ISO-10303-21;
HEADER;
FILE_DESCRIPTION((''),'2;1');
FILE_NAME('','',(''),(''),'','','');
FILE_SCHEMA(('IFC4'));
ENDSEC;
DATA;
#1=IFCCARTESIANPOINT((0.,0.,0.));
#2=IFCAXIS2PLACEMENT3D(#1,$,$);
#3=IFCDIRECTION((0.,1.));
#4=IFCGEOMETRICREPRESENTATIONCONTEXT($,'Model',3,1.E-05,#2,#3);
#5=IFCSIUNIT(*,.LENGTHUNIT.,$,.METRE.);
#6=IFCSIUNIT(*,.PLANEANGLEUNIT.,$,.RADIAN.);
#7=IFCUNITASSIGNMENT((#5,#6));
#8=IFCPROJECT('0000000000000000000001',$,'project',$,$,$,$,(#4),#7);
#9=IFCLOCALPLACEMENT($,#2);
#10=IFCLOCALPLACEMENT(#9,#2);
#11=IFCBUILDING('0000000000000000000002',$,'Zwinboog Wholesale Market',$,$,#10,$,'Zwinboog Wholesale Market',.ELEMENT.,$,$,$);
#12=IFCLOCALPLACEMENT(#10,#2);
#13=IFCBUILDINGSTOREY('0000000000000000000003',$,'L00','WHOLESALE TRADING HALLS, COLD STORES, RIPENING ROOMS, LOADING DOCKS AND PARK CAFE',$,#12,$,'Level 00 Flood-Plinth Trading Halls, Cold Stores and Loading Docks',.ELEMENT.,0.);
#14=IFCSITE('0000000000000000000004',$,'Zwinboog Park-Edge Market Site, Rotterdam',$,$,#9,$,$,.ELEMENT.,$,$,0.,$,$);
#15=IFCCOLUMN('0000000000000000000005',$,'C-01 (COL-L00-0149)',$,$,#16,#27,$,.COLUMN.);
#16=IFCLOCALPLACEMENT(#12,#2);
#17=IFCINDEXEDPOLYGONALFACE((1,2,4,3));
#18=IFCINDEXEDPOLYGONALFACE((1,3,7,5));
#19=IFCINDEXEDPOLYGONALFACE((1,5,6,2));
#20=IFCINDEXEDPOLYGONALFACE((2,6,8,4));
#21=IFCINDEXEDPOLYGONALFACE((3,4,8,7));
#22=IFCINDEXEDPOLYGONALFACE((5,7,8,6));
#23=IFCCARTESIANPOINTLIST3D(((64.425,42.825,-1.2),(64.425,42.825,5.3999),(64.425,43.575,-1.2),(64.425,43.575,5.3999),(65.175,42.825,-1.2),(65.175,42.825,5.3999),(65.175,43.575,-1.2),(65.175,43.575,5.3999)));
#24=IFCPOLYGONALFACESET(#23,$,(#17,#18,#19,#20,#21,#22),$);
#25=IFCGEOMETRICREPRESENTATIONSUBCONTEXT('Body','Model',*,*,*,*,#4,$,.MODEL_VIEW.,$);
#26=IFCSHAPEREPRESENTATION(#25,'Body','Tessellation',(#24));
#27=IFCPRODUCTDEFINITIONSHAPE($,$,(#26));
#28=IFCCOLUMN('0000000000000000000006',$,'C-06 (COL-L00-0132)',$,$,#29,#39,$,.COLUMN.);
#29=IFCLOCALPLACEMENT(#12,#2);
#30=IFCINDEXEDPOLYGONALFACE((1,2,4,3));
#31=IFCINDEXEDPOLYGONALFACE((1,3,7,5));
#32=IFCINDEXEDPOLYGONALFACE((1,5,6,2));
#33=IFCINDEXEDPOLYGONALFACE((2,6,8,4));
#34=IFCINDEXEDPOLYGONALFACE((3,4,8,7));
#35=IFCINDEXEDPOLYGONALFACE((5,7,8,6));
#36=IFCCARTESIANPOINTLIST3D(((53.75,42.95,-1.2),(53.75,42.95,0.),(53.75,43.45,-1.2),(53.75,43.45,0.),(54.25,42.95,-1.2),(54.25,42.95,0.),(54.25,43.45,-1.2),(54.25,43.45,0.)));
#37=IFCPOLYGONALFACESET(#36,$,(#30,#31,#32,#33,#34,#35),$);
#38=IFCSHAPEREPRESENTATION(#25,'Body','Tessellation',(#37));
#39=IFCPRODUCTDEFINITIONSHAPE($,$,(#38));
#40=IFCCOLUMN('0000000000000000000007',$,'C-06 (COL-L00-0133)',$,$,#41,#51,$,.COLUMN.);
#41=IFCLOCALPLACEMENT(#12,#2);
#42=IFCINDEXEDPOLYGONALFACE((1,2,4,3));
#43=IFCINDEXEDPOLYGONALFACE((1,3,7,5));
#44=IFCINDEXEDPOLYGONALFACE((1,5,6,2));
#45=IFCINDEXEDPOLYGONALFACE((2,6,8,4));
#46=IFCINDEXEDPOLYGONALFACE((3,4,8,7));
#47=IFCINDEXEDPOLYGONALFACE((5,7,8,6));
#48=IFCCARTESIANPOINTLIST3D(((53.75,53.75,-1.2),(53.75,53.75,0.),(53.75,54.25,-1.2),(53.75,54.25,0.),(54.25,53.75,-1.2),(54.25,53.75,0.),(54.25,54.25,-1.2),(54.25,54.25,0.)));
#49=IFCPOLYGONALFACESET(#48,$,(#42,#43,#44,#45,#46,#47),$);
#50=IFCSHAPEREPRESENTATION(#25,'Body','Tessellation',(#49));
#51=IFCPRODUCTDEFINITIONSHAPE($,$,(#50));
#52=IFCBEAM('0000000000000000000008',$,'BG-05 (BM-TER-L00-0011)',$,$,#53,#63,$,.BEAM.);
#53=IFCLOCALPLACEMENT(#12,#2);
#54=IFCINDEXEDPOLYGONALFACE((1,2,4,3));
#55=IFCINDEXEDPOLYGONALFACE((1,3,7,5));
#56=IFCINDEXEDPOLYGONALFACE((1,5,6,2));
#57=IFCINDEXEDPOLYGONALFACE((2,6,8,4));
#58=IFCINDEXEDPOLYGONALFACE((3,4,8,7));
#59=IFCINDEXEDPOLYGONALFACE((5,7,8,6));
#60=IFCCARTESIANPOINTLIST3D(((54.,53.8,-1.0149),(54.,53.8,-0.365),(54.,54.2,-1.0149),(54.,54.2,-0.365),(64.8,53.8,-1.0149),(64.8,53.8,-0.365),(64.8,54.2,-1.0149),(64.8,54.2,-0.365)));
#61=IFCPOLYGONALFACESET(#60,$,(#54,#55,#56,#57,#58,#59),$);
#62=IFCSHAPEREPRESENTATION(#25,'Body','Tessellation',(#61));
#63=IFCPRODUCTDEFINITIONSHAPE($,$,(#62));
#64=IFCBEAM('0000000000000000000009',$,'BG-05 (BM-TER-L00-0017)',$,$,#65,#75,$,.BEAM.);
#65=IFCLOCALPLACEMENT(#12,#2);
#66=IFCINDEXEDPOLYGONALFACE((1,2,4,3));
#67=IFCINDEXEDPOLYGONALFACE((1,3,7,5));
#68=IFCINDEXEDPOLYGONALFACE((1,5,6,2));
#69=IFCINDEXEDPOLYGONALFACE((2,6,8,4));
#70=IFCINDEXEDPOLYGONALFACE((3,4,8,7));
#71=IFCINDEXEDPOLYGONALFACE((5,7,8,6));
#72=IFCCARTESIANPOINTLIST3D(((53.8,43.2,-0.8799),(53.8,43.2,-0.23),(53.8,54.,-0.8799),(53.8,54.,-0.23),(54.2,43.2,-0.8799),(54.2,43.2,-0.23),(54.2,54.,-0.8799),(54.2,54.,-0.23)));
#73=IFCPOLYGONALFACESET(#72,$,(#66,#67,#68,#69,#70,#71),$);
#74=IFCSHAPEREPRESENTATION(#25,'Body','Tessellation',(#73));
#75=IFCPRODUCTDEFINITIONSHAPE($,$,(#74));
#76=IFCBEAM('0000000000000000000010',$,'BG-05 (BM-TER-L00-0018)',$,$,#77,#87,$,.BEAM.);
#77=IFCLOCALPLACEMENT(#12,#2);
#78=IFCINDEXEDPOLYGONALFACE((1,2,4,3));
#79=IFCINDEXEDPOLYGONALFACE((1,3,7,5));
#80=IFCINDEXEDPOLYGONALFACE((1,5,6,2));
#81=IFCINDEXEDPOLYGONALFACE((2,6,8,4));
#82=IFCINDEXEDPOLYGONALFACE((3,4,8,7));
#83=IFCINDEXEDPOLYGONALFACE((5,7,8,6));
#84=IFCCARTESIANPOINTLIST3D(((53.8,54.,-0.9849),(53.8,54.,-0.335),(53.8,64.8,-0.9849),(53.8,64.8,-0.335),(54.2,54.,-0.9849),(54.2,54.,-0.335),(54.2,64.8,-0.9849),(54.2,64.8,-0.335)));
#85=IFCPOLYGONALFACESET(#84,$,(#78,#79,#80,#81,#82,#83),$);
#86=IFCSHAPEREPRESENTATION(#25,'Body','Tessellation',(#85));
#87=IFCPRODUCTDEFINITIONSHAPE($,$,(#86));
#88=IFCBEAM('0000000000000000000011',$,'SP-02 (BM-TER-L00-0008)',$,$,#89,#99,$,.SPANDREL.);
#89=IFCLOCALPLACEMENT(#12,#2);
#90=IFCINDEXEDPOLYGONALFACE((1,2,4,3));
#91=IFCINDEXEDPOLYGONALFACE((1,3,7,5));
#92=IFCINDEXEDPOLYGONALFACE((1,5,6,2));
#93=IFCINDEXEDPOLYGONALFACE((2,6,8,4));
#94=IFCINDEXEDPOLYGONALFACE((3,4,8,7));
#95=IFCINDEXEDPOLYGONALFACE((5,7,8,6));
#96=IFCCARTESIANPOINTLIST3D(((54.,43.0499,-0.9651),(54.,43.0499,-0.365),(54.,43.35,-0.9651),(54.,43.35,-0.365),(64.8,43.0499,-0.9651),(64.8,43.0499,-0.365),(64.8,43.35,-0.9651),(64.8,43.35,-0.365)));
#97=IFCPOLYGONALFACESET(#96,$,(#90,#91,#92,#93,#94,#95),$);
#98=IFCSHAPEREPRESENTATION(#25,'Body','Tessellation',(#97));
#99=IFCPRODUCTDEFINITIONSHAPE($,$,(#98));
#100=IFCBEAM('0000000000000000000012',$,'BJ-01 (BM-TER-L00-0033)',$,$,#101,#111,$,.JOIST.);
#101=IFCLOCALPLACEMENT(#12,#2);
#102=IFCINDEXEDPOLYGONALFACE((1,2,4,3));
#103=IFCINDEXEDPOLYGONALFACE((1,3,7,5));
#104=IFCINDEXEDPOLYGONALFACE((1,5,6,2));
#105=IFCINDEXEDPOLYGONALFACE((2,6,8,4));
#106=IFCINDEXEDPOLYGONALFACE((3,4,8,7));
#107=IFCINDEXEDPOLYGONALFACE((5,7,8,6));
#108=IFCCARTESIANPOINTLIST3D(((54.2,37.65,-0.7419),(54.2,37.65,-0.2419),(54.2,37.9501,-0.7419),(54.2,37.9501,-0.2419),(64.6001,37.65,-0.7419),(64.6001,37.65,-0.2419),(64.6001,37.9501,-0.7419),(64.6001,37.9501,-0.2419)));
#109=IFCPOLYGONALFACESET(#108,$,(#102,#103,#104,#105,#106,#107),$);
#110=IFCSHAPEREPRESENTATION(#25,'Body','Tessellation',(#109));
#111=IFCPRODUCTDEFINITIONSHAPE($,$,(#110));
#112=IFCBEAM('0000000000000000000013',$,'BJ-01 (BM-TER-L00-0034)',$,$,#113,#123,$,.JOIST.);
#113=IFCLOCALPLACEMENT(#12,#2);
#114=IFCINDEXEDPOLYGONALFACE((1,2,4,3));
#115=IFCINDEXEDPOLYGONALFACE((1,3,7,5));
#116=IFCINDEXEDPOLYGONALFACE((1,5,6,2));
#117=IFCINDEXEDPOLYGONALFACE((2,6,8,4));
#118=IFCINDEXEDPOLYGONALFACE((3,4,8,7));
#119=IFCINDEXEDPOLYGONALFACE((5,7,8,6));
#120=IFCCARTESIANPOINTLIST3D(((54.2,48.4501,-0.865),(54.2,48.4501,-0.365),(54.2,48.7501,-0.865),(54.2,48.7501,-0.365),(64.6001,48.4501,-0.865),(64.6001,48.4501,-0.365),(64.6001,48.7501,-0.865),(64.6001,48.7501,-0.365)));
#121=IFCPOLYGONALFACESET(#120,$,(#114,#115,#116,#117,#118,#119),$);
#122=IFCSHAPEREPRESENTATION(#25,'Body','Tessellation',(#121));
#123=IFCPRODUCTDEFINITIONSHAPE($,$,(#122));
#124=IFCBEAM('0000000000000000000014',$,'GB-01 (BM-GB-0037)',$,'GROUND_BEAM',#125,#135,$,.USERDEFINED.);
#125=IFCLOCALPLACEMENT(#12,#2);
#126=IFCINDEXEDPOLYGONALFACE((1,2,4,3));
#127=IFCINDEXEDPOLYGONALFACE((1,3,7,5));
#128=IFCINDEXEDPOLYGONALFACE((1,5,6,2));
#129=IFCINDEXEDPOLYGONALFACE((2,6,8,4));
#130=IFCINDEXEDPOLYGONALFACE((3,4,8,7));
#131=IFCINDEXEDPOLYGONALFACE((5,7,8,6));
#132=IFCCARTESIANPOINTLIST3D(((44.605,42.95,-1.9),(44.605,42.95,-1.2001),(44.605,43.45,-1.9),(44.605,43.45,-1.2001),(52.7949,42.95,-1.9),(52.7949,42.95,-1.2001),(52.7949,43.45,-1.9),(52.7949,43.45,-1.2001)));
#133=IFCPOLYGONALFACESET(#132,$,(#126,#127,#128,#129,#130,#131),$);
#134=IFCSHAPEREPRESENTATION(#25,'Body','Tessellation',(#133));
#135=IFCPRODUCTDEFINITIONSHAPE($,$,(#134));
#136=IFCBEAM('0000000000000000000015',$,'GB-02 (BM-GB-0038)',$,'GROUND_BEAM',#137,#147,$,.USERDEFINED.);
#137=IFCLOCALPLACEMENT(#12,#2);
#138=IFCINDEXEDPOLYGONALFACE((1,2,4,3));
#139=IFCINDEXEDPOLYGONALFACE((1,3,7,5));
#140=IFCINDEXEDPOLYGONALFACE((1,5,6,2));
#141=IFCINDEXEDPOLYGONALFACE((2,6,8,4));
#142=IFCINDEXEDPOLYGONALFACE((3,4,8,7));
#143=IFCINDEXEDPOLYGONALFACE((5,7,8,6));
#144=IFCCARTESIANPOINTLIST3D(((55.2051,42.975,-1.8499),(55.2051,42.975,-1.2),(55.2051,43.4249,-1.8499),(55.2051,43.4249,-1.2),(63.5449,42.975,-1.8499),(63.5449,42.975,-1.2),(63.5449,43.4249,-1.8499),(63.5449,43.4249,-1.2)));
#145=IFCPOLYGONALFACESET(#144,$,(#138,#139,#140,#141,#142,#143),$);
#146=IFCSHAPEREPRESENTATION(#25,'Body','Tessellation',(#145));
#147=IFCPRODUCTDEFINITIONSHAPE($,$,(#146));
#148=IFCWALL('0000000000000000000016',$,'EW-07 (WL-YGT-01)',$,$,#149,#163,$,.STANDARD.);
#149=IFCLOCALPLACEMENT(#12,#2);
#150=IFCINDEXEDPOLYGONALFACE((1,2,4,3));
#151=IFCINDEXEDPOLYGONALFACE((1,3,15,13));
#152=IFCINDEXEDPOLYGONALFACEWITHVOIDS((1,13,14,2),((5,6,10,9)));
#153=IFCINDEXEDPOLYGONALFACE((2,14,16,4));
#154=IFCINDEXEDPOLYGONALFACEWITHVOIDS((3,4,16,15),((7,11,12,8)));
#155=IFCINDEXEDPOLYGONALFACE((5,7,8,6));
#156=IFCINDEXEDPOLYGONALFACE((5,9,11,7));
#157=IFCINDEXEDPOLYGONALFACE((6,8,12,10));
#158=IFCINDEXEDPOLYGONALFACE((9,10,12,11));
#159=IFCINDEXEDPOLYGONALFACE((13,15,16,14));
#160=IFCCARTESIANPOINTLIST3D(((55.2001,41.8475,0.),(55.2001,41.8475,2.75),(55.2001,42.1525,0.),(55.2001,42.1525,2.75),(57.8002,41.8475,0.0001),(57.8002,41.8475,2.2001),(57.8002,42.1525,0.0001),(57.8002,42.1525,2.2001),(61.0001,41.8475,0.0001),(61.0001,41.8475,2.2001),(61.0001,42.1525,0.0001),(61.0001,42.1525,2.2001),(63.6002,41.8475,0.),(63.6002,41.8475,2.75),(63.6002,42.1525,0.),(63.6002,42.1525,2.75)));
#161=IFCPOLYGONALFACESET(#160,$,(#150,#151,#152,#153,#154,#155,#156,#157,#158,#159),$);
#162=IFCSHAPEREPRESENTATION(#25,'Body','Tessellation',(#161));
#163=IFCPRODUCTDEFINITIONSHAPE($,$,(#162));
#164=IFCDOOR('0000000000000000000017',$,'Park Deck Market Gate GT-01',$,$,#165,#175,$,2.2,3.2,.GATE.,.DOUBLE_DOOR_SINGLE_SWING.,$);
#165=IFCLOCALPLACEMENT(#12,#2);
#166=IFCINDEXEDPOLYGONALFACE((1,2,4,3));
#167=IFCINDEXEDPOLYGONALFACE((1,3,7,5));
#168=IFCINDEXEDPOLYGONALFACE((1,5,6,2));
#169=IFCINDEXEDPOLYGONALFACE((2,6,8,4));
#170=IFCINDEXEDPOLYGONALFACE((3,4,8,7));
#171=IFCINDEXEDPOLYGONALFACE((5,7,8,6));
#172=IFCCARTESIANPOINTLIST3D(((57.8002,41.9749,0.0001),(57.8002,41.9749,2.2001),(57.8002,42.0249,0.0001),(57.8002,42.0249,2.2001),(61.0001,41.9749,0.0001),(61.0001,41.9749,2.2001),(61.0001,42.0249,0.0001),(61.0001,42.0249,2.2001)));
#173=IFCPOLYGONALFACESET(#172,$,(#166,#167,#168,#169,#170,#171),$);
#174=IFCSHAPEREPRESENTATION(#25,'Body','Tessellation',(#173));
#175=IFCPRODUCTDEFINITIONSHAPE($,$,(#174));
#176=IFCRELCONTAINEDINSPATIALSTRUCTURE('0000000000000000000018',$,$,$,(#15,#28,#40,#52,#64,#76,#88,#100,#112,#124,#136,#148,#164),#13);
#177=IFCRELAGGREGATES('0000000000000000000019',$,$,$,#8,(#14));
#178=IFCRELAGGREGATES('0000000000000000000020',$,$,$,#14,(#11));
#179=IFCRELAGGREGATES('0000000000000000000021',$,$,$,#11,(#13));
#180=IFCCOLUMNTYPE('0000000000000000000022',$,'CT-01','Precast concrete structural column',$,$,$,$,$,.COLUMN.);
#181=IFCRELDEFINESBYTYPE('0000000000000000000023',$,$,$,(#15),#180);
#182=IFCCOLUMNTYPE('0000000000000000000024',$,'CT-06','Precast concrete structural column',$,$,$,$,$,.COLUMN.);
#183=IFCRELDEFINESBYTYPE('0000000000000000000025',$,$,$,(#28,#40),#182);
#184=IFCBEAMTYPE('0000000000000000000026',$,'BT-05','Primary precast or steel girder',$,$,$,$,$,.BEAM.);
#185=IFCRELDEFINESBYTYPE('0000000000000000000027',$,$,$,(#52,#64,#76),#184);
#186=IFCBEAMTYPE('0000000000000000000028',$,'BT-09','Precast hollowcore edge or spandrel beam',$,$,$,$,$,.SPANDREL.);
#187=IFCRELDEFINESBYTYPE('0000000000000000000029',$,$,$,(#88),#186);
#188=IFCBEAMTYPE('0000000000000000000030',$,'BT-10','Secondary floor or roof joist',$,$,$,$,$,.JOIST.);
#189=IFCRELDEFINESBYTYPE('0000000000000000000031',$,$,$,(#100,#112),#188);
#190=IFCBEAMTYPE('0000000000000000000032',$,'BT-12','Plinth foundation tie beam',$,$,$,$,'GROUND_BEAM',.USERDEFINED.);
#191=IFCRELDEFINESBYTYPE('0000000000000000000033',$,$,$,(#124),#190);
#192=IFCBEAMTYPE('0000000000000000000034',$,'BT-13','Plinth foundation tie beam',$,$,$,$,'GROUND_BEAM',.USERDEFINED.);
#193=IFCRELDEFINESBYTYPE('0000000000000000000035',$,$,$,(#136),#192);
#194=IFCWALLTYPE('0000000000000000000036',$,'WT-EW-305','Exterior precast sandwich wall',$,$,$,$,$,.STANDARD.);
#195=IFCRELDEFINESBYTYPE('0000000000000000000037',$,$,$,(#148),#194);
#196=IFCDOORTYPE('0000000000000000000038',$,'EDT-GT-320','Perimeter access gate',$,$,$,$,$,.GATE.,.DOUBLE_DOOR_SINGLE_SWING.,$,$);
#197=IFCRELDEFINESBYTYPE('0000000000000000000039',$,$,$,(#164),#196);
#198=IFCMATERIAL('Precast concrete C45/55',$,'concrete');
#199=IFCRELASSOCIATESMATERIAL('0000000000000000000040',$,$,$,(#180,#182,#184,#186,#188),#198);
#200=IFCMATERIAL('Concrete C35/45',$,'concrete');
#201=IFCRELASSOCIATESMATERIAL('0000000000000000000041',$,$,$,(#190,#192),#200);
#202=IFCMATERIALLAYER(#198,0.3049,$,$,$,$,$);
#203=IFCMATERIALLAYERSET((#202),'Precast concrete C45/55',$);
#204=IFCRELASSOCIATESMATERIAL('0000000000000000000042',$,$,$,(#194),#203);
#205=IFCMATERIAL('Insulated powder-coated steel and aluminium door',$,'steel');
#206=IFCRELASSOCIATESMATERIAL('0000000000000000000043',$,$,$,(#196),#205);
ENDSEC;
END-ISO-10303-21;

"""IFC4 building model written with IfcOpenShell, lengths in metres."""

from ifc_helpers import new_model, si_unit, direction, frame, frame_2d, origin, origin_2d, place, context, subcontext, project, spatial, rectangle, extrude, material, layer, layer_set, material_profile, profile_set, type_object, element, fill, save


model = new_model("IFC4")

# Units and contexts
model_context = context("Model", 3, precision=1e-05, world=origin(), true_north=direction((0.0, 1.0)))
body_context = subcontext(model_context, "Body", "Model", "MODEL_VIEW")
ifc_project = project(units=[si_unit("LENGTHUNIT", "METRE"), si_unit("PLANEANGLEUNIT", "RADIAN")], contexts=[model_context])

# Site, building, storey
site_placement = place(None, origin())
site = spatial("IfcSite", under=ifc_project, at=site_placement, Name="Zwinboog Park-Edge Market Site, Rotterdam", CompositionType="ELEMENT", RefElevation=0.0)
building_placement = place(site_placement, origin())
building = spatial("IfcBuilding", under=site, at=building_placement, Name="Zwinboog Wholesale Market", LongName="Zwinboog Wholesale Market", CompositionType="ELEMENT")
storey_placement = place(building_placement, origin())
storey = spatial("IfcBuildingStorey", under=building, at=storey_placement, Name="L00", Description="WHOLESALE TRADING HALLS, COLD STORES, RIPENING ROOMS, LOADING DOCKS AND PARK CAFE", LongName="Level 00 Flood-Plinth Trading Halls, Cold Stores and Loading Docks", CompositionType="ELEMENT", Elevation=0.0)

# Shared definitions
ifc_material_1 = material(Name="Concrete C35/45", Category="concrete")

# Columns
ifc_material_2 = material(Name="Precast concrete C45/55", Category="concrete")
ifc_material_profile_1 = material_profile(ifc_material_2, rectangle(XDim=0.75, YDim=0.75, at=origin_2d()), Name="PC 750x750")
ifc_profile_set_1 = profile_set([ifc_material_profile_1], Name="Precast concrete C45/55")
column_type_1 = type_object("IfcColumnType", Name="CT-01", Description="Precast concrete structural column", PredefinedType="COLUMN", material=ifc_profile_set_1)
column_placement = place(storey_placement, frame((64.8, 43.2, -1.2), z_axis=(0.0, 0.0, 1.0), x_axis=(1.0, 0.0, 0.0)))
element("IfcColumn", 1, at=column_placement, inside=storey, type_object=column_type_1, Name="C-01 (COL-L00-0149)", PredefinedType="COLUMN", context=body_context, shape_type="SweptSolid", body=[
    extrude(rectangle(XDim=0.75, YDim=0.75, at=origin_2d()), origin(), (0.0, 0.0, 1.0), 6.5999),
])
ifc_material_profile_2 = material_profile(ifc_material_2, rectangle(XDim=0.5, YDim=0.5, at=origin_2d()), Name="PC 500x500")
ifc_profile_set_2 = profile_set([ifc_material_profile_2], Name="Precast concrete C45/55")
column_type_2 = type_object("IfcColumnType", Name="CT-06", Description="Precast concrete structural column", PredefinedType="COLUMN", material=ifc_profile_set_2)
for number, where, z_axis, x_axis, name in (
    (2, (54.0, 43.2, -1.2), (0.0, 0.0, 1.0), (1.0, 0.0, 0.0), "C-06 (COL-L00-0132)"),
    (3, (54.0, 54.0, -1.2), (0.0, 0.0, 1.0), (1.0, 0.0, 0.0), "C-06 (COL-L00-0133)"),
):
    element("IfcColumn", number, at=place(storey_placement, frame(where, z_axis=z_axis, x_axis=x_axis)), inside=storey, type_object=column_type_2, Name=name, PredefinedType="COLUMN", context=body_context, shape_type="SweptSolid", body=[
        extrude(rectangle(XDim=0.5, YDim=0.5, at=origin_2d()), origin(), (0.0, 0.0, 1.0), 1.2),
    ])

# Beams
ifc_material_profile_3 = material_profile(ifc_material_2, rectangle(XDim=0.3999, YDim=0.6499, at=origin_2d()), Name="PC 400x650")
ifc_profile_set_3 = profile_set([ifc_material_profile_3], Name="Precast concrete C45/55")
beam_type_1 = type_object("IfcBeamType", Name="BT-05", Description="Primary precast or steel girder", PredefinedType="BEAM", material=ifc_profile_set_3)
for number, where, z_axis, x_axis, name in (
    (4, (54.0, 54.0, -0.6899), (1.0, 0.0, 0.0), (0.0, 1.0, 0.0), "BG-05 (BM-TER-L00-0011)"),
    (5, (54.0, 43.2, -0.5549), (0.0, 1.0, 0.0), (-1.0, 0.0, 0.0), "BG-05 (BM-TER-L00-0017)"),
    (6, (54.0, 54.0, -0.6599), (0.0, 1.0, 0.0), (-1.0, 0.0, 0.0), "BG-05 (BM-TER-L00-0018)"),
):
    element("IfcBeam", number, at=place(storey_placement, frame(where, z_axis=z_axis, x_axis=x_axis)), inside=storey, type_object=beam_type_1, Name=name, PredefinedType="BEAM", context=body_context, shape_type="SweptSolid", body=[
        extrude(rectangle(XDim=0.3999, YDim=0.6499, at=origin_2d()), origin(), (0.0, 0.0, 1.0), 10.8),
    ])
ifc_material_profile_4 = material_profile(ifc_material_2, rectangle(XDim=0.3, YDim=0.6001, at=origin_2d()), Name="PC 300x600")
ifc_profile_set_4 = profile_set([ifc_material_profile_4], Name="Precast concrete C45/55")
beam_type_2 = type_object("IfcBeamType", Name="BT-09", Description="Precast hollowcore edge or spandrel beam", PredefinedType="SPANDREL", material=ifc_profile_set_4)
beam_1_placement = place(storey_placement, frame((54.0, 43.2, -0.665), z_axis=(1.0, 0.0, 0.0), x_axis=(0.0, 1.0, 0.0)))
element("IfcBeam", 7, at=beam_1_placement, inside=storey, type_object=beam_type_2, Name="SP-02 (BM-TER-L00-0008)", PredefinedType="SPANDREL", context=body_context, shape_type="SweptSolid", body=[
    extrude(rectangle(XDim=0.3, YDim=0.6001, at=origin_2d()), origin(), (0.0, 0.0, 1.0), 10.8),
])
ifc_material_profile_5 = material_profile(ifc_material_2, rectangle(XDim=0.3, YDim=0.5, at=origin_2d()), Name="PC 300x500")
ifc_profile_set_5 = profile_set([ifc_material_profile_5], Name="Precast concrete C45/55")
beam_type_3 = type_object("IfcBeamType", Name="BT-10", Description="Secondary floor or roof joist", PredefinedType="JOIST", material=ifc_profile_set_5)
for number, where, z_axis, x_axis, name in (
    (8, (54.2, 37.8, -0.4919), (1.0, 0.0, 0.0), (0.0, 1.0, 0.0), "BJ-01 (BM-TER-L00-0033)"),
    (9, (54.2, 48.6001, -0.615), (1.0, 0.0, 0.0), (0.0, 1.0, 0.0), "BJ-01 (BM-TER-L00-0034)"),
):
    element("IfcBeam", number, at=place(storey_placement, frame(where, z_axis=z_axis, x_axis=x_axis)), inside=storey, type_object=beam_type_3, Name=name, PredefinedType="JOIST", context=body_context, shape_type="SweptSolid", body=[
        extrude(rectangle(XDim=0.3, YDim=0.5, at=origin_2d()), origin(), (0.0, 0.0, 1.0), 10.4001),
    ])
ifc_material_profile_6 = material_profile(ifc_material_1, rectangle(XDim=0.5, YDim=0.7, at=origin_2d()), Name="RC 500x700")
ifc_profile_set_6 = profile_set([ifc_material_profile_6], Name="Concrete C35/45")
beam_type_4 = type_object("IfcBeamType", Name="BT-12", Description="Plinth foundation tie beam", ElementType="GROUND_BEAM", PredefinedType="USERDEFINED", material=ifc_profile_set_6)
beam_2_placement = place(storey_placement, frame((44.605, 43.2, -1.55), z_axis=(1.0, 0.0, 0.0), x_axis=(0.0, 1.0, 0.0)))
element("IfcBeam", 10, at=beam_2_placement, inside=storey, type_object=beam_type_4, Name="GB-01 (BM-GB-0037)", ObjectType="GROUND_BEAM", PredefinedType="USERDEFINED", context=body_context, shape_type="SweptSolid", body=[
    extrude(rectangle(XDim=0.5, YDim=0.7, at=origin_2d()), origin(), (0.0, 0.0, 1.0), 8.1899),
])
ifc_material_profile_7 = material_profile(ifc_material_1, rectangle(XDim=0.45, YDim=0.6499, at=origin_2d()), Name="RC 450x650")
ifc_profile_set_7 = profile_set([ifc_material_profile_7], Name="Concrete C35/45")
beam_type_5 = type_object("IfcBeamType", Name="BT-13", Description="Plinth foundation tie beam", ElementType="GROUND_BEAM", PredefinedType="USERDEFINED", material=ifc_profile_set_7)
beam_3_placement = place(storey_placement, frame((55.2051, 43.2, -1.5249), z_axis=(1.0, 0.0, 0.0), x_axis=(0.0, 1.0, 0.0)))
element("IfcBeam", 11, at=beam_3_placement, inside=storey, type_object=beam_type_5, Name="GB-02 (BM-GB-0038)", ObjectType="GROUND_BEAM", PredefinedType="USERDEFINED", context=body_context, shape_type="SweptSolid", body=[
    extrude(rectangle(XDim=0.45, YDim=0.6499, at=origin_2d()), origin(), (0.0, 0.0, 1.0), 8.3398),
])

# Wall, opening, door
ifc_layer = layer(ifc_material_2, 0.3049)
ifc_layer_set = layer_set([ifc_layer], Name="Precast concrete C45/55")
wall_type = type_object("IfcWallType", Name="WT-EW-305", Description="Exterior precast sandwich wall", PredefinedType="STANDARD", material=ifc_layer_set)
wall_1_placement = place(storey_placement, frame((55.2, 42.0, 0.0), z_axis=(0.0, 0.0, 1.0), x_axis=(1.0, 0.0, 0.0)))
wall_1 = element("IfcWall", 12, at=wall_1_placement, inside=storey, type_object=wall_type, Name="EW-07 (WL-YGT-01)", PredefinedType="STANDARD", context=body_context, shape_type="SweptSolid", body=[
    extrude(rectangle(XDim=8.4001, YDim=0.3049, at=frame_2d((4.2002, 0.0))), origin(), (0.0, 0.0, 1.0), 2.75),
])
opening_1_placement = place(wall_1_placement, frame((2.6001, 0.0, 0.0)))
opening_1 = element("IfcOpeningElement", 13, at=opening_1_placement, cuts=wall_1, PredefinedType="OPENING", context=body_context, shape_type="SweptSolid", body=[
    extrude(rectangle(XDim=3.2, YDim=2.2, at=frame_2d((1.6001, 1.1001))), frame((0.0, 0.1624, 0.0), z_axis=(0.0, -1.0, 0.0), x_axis=(1.0, 0.0, 0.0)), (0.0, 0.0, 1.0), 0.325),
])
ifc_material_3 = material(Name="Insulated powder-coated steel and aluminium door", Category="steel")
door_type_1 = type_object("IfcDoorType", Name="EDT-GT-320", Description="Perimeter access gate", OperationType="DOUBLE_DOOR_SINGLE_SWING", PredefinedType="GATE", material=ifc_material_3)
door_1_placement = place(opening_1_placement, origin())
door_1 = element("IfcDoor", 14, at=door_1_placement, inside=storey, type_object=door_type_1, Name="Park Deck Market Gate GT-01", OperationType="DOUBLE_DOOR_SINGLE_SWING", OverallHeight=2.2, OverallWidth=3.2, PredefinedType="GATE", context=body_context, shape_type="SweptSolid", body=[
    extrude(rectangle(XDim=3.2, YDim=2.2, at=frame_2d((1.6001, 1.1001))), frame((0.0, 0.0249, 0.0), z_axis=(0.0, -1.0, 0.0), x_axis=(1.0, 0.0, 0.0)), (0.0, 0.0, 1.0), 0.05),
])
fill(opening_1, door_1)

save(model, "model.ifc")
